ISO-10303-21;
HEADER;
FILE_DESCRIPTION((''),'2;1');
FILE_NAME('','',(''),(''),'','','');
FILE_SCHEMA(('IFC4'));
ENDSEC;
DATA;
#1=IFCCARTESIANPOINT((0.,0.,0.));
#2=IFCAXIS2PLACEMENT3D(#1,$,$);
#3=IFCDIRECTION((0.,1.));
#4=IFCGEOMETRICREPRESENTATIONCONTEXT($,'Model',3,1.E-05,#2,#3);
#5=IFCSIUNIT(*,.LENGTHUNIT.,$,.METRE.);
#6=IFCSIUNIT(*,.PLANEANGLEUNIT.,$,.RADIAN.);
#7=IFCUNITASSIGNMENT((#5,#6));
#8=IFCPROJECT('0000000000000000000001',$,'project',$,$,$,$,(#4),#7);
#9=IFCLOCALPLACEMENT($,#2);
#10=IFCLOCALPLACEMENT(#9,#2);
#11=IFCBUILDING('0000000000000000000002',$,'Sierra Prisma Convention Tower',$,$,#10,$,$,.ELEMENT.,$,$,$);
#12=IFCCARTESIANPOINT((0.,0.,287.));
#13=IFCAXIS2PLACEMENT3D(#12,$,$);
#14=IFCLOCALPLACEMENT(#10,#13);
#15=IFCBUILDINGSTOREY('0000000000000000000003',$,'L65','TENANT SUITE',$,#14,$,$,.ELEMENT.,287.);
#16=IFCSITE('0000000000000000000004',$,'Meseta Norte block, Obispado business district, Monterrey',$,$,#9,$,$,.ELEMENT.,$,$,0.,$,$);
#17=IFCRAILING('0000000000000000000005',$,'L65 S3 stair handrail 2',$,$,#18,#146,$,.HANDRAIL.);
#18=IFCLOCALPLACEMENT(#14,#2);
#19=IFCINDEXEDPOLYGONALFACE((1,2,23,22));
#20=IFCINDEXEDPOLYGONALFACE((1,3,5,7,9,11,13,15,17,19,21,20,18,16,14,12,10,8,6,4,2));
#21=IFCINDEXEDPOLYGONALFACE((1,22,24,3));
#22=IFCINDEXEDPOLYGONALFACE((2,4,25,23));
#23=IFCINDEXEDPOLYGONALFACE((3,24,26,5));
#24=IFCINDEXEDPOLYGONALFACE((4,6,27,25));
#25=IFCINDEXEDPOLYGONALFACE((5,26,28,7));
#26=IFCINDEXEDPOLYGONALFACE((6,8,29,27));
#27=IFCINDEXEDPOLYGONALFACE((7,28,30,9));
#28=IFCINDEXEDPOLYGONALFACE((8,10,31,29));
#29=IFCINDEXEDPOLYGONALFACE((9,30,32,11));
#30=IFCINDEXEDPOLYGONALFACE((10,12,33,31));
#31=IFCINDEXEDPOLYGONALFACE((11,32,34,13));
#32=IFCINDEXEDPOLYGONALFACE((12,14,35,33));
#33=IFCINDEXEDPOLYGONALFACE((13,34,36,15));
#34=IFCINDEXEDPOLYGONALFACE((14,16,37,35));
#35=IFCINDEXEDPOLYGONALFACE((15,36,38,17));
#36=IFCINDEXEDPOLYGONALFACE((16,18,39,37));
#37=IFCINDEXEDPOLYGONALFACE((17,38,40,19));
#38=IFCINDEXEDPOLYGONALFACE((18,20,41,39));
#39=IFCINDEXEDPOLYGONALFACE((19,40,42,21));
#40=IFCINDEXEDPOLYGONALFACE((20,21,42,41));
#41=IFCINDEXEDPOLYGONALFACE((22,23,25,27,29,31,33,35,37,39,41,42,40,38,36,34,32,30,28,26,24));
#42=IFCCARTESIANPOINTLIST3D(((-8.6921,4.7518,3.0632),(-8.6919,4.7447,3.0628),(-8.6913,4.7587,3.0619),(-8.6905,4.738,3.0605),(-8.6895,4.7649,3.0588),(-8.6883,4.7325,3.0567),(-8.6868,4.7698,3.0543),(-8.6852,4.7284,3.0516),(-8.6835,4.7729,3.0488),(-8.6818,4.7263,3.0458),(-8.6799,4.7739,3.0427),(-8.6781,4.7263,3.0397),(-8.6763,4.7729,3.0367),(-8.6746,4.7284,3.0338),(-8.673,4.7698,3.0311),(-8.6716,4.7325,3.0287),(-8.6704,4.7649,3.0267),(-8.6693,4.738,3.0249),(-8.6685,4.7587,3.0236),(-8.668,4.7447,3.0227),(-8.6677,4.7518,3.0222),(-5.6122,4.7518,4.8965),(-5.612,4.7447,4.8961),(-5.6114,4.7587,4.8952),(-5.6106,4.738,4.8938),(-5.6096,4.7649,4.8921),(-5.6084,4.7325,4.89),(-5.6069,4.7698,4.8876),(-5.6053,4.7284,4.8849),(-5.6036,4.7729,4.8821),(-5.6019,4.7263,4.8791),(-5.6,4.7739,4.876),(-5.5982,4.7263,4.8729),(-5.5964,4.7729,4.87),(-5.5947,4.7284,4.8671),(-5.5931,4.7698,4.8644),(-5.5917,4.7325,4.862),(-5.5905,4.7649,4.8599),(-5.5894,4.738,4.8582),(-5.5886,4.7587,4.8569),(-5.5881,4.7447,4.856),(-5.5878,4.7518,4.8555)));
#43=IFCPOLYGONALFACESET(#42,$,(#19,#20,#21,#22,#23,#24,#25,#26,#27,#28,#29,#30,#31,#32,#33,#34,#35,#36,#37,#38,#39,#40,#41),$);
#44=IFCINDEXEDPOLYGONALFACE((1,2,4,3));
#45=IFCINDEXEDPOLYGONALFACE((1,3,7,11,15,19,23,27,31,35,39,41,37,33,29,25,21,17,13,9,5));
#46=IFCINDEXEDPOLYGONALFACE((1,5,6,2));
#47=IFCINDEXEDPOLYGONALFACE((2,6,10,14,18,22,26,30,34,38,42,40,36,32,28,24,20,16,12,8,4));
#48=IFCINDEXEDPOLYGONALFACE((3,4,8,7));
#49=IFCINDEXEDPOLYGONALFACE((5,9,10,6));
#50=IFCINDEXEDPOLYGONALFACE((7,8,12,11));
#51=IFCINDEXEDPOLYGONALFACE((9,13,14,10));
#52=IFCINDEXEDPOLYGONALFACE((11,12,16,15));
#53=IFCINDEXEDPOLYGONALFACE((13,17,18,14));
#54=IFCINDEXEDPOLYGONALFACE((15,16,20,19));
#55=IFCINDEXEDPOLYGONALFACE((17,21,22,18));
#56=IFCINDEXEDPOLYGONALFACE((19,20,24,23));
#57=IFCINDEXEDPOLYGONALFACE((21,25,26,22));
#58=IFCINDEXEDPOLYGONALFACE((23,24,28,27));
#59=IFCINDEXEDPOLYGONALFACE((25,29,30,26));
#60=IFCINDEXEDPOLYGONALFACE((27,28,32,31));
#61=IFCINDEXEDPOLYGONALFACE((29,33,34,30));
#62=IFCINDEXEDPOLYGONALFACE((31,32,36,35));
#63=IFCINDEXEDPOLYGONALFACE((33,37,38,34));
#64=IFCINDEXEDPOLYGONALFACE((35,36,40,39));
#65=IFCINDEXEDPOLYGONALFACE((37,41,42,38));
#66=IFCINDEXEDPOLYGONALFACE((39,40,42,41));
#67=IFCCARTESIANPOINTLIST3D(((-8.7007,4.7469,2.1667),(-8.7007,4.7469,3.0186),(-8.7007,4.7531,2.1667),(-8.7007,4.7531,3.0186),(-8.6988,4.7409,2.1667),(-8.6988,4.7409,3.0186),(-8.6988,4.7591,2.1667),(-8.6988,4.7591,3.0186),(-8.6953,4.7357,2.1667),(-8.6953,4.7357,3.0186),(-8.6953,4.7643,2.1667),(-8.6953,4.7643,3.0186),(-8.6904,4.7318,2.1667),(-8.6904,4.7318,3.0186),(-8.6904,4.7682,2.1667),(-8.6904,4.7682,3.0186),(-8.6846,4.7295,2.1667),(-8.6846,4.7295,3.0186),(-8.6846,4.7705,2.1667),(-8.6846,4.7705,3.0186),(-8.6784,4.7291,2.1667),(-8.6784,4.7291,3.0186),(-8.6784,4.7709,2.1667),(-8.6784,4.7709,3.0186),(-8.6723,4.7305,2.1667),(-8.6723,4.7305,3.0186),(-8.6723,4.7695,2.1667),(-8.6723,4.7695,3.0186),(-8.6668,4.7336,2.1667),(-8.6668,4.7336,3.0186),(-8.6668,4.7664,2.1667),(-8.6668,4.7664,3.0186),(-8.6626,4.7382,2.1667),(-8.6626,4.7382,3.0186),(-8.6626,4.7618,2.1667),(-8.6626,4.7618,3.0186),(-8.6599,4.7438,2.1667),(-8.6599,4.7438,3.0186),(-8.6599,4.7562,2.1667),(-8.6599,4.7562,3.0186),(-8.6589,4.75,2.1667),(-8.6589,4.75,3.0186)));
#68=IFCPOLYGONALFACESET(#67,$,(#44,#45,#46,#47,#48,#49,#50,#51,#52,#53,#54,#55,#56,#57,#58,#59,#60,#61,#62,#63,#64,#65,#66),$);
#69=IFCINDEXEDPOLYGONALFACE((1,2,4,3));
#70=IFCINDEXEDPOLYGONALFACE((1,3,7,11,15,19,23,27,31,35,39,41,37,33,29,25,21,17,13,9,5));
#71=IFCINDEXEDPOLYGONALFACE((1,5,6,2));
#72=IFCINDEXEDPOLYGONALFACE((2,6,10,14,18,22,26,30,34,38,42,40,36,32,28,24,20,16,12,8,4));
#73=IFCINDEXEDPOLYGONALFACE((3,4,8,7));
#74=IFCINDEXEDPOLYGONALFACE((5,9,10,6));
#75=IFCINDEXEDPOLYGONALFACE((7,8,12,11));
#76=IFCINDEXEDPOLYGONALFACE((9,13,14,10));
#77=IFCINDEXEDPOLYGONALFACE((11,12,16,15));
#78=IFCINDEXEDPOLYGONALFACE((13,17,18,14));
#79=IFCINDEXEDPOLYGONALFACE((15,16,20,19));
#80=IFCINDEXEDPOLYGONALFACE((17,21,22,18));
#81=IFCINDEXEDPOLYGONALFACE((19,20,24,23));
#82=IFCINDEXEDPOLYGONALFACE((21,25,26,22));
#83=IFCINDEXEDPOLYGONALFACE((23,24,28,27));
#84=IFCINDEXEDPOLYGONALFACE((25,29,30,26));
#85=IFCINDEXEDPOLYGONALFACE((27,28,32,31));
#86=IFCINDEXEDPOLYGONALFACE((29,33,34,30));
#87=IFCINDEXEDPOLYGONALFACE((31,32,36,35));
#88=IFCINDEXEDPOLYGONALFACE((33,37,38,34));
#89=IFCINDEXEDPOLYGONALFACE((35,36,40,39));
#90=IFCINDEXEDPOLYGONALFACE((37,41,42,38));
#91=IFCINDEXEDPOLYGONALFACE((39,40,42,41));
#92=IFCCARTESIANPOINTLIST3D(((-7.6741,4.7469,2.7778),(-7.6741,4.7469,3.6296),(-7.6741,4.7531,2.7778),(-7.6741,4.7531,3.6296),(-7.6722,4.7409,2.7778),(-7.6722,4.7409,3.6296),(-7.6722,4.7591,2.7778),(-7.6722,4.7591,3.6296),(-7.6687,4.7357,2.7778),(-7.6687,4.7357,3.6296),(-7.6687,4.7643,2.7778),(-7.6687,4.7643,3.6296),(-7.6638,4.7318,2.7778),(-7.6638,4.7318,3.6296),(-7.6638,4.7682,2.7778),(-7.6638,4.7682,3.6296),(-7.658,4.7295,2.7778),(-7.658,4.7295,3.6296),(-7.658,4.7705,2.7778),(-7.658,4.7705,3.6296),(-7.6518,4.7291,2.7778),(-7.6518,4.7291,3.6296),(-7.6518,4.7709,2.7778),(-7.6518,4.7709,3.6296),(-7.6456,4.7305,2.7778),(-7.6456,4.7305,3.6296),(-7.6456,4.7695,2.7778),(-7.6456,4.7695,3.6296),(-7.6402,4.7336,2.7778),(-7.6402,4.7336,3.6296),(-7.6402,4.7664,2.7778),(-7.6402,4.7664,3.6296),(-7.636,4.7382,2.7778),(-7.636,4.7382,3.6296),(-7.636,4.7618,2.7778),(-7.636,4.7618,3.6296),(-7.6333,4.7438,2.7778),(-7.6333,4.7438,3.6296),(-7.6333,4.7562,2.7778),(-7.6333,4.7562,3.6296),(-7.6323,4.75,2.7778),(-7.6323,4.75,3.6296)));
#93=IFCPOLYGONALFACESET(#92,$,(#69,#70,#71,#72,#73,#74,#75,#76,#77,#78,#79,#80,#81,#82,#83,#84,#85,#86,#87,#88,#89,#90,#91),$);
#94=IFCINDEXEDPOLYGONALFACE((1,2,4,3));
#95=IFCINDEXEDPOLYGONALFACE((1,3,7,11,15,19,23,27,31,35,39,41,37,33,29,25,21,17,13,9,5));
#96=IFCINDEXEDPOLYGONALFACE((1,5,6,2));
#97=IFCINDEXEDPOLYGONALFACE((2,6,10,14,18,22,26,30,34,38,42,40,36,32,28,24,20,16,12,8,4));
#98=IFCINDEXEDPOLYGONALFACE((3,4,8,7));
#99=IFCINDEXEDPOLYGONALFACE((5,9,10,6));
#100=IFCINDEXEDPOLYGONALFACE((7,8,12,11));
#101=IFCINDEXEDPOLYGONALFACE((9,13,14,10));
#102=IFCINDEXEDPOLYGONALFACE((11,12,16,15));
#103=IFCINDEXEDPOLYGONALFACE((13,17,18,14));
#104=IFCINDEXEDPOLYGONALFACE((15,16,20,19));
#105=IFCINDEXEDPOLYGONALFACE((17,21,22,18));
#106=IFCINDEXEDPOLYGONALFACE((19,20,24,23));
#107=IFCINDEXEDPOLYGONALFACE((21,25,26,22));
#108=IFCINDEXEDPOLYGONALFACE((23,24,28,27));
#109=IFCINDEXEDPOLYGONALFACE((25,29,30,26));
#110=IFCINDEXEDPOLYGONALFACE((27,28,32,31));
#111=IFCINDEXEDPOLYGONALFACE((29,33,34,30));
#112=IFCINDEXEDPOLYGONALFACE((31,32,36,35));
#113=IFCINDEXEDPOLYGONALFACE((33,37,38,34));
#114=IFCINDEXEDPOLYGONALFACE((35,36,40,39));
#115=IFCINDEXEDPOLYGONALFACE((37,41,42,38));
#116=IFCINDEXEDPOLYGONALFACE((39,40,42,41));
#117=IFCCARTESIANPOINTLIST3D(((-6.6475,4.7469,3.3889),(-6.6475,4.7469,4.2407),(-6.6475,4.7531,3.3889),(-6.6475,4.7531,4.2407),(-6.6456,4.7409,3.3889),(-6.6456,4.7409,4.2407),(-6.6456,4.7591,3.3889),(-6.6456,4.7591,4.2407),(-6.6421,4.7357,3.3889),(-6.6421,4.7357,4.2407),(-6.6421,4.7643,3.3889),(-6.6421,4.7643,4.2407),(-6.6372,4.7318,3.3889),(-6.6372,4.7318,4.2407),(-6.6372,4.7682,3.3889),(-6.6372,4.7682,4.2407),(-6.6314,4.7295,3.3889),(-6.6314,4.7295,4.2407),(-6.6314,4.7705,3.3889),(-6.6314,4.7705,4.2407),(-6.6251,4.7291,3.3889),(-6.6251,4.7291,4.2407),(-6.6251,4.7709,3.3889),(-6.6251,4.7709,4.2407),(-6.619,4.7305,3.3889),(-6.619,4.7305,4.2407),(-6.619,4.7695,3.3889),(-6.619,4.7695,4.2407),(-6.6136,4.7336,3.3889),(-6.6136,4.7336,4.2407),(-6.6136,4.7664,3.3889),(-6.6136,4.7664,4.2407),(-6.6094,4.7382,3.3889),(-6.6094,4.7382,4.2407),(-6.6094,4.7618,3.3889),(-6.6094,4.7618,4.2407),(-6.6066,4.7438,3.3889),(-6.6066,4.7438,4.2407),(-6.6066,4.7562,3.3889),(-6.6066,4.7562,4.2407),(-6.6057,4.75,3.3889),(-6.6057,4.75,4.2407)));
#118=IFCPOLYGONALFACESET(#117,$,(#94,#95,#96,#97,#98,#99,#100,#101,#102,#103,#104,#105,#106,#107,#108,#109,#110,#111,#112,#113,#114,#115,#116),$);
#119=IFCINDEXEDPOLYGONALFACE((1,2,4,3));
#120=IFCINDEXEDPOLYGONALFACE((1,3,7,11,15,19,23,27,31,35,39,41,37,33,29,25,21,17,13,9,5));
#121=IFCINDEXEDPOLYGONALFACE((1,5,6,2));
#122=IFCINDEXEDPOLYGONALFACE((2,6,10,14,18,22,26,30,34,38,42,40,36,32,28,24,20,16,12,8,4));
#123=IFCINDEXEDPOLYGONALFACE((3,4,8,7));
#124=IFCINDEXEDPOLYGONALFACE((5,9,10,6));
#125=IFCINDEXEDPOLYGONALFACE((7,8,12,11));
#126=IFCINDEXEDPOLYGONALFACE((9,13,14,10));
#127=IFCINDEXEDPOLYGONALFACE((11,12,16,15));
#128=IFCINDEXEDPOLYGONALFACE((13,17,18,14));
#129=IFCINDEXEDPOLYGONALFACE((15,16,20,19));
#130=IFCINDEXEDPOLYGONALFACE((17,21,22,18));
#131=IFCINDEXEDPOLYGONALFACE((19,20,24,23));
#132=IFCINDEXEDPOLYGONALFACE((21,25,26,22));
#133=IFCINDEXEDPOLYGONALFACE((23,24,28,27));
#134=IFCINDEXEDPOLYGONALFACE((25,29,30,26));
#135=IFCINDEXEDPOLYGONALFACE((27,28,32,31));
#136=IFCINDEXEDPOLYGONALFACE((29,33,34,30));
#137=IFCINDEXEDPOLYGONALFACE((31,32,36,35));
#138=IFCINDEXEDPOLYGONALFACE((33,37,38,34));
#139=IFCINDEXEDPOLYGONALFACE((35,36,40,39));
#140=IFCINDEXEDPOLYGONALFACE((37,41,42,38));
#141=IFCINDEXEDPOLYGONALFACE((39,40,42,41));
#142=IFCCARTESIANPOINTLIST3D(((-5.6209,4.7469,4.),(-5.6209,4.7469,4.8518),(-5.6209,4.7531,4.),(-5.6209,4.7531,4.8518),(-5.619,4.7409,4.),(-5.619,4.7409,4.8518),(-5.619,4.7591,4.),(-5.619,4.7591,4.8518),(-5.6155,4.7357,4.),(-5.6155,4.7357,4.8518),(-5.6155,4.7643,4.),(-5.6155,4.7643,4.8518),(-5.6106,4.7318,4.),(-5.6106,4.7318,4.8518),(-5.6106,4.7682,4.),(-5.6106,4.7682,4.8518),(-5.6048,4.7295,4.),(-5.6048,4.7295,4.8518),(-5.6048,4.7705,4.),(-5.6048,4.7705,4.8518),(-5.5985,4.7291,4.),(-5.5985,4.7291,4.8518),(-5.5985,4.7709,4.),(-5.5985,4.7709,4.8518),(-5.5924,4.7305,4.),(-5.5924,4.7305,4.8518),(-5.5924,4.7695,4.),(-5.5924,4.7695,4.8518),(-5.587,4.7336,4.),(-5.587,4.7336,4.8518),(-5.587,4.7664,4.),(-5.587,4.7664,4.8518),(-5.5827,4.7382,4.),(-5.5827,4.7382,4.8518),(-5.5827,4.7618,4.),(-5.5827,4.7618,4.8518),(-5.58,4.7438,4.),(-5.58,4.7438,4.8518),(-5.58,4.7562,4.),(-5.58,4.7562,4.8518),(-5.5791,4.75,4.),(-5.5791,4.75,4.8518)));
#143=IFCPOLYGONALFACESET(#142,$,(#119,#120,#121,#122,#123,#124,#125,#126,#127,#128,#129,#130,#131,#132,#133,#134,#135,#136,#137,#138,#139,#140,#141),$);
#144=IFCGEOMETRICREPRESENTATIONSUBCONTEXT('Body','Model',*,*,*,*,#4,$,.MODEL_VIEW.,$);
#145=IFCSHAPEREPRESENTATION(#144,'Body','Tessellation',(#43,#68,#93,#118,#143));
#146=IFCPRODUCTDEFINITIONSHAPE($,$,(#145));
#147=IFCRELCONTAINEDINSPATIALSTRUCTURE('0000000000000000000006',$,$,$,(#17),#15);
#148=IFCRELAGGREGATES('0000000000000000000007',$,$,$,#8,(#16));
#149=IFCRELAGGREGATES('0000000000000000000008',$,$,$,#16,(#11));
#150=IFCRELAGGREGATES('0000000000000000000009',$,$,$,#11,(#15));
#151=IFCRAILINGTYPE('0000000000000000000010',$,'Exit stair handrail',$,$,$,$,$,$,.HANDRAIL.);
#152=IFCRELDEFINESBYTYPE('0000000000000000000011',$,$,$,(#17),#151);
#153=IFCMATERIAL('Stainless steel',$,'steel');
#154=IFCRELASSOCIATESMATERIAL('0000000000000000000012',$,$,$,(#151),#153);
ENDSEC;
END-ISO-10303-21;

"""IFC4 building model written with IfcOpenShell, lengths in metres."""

from ifc_helpers import new_model, si_unit, direction, frame, origin, origin_2d, place, context, subcontext, project, spatial, circle, extrude, material, type_object, element, save


model = new_model("IFC4")

# Units and contexts
model_context = context("Model", 3, precision=1e-05, world=origin(), true_north=direction((0.0, 1.0)))
body_context = subcontext(model_context, "Body", "Model", "MODEL_VIEW")
ifc_project = project(units=[si_unit("LENGTHUNIT", "METRE"), si_unit("PLANEANGLEUNIT", "RADIAN")], contexts=[model_context])

# Site, building, storey
site_placement = place(None, origin())
site = spatial("IfcSite", under=ifc_project, at=site_placement, Name="Meseta Norte block, Obispado business district, Monterrey", CompositionType="ELEMENT", RefElevation=0.0)
building_placement = place(site_placement, origin())
building = spatial("IfcBuilding", under=site, at=building_placement, Name="Sierra Prisma Convention Tower", CompositionType="ELEMENT")
storey_placement = place(building_placement, frame((0.0, 0.0, 287.0)))
storey = spatial("IfcBuildingStorey", under=building, at=storey_placement, Name="L65", Description="TENANT SUITE", CompositionType="ELEMENT", Elevation=287.0)

# Railing
ifc_material_1 = material(Name="Stainless steel", Category="steel")
railing_type_1 = type_object("IfcRailingType", Name="Exit stair handrail", PredefinedType="HANDRAIL", material=ifc_material_1)
railing_1_placement = place(storey_placement, frame((-8.6799, 4.75, 2.1667)))
element("IfcRailing", 1, at=railing_1_placement, inside=storey, type_object=railing_type_1, Name="L65 S3 stair handrail 2", PredefinedType="HANDRAIL", context=body_context, shape_type="SweptSolid", body=[
    extrude(circle(Radius=0.0239, at=origin_2d()), frame((0.0, 0.0, 0.876), z_axis=(0.859291, 0.0, 0.511487), x_axis=(0.0, 1.0, 0.0)), (0.0, 0.0, 1.0), 3.5842),
    extrude(circle(Radius=0.021, at=origin_2d()), origin(), (0.0, 0.0, 1.0), 0.8518),
    extrude(circle(Radius=0.021, at=origin_2d()), frame((1.0266, 0.0, 0.6111)), (0.0, 0.0, 1.0), 0.8518),
    extrude(circle(Radius=0.021, at=origin_2d()), frame((2.0532, 0.0, 1.2222)), (0.0, 0.0, 1.0), 0.8518),
    extrude(circle(Radius=0.021, at=origin_2d()), frame((3.0798, 0.0, 1.8333)), (0.0, 0.0, 1.0), 0.8518),
])

save(model, "model.ifc")
